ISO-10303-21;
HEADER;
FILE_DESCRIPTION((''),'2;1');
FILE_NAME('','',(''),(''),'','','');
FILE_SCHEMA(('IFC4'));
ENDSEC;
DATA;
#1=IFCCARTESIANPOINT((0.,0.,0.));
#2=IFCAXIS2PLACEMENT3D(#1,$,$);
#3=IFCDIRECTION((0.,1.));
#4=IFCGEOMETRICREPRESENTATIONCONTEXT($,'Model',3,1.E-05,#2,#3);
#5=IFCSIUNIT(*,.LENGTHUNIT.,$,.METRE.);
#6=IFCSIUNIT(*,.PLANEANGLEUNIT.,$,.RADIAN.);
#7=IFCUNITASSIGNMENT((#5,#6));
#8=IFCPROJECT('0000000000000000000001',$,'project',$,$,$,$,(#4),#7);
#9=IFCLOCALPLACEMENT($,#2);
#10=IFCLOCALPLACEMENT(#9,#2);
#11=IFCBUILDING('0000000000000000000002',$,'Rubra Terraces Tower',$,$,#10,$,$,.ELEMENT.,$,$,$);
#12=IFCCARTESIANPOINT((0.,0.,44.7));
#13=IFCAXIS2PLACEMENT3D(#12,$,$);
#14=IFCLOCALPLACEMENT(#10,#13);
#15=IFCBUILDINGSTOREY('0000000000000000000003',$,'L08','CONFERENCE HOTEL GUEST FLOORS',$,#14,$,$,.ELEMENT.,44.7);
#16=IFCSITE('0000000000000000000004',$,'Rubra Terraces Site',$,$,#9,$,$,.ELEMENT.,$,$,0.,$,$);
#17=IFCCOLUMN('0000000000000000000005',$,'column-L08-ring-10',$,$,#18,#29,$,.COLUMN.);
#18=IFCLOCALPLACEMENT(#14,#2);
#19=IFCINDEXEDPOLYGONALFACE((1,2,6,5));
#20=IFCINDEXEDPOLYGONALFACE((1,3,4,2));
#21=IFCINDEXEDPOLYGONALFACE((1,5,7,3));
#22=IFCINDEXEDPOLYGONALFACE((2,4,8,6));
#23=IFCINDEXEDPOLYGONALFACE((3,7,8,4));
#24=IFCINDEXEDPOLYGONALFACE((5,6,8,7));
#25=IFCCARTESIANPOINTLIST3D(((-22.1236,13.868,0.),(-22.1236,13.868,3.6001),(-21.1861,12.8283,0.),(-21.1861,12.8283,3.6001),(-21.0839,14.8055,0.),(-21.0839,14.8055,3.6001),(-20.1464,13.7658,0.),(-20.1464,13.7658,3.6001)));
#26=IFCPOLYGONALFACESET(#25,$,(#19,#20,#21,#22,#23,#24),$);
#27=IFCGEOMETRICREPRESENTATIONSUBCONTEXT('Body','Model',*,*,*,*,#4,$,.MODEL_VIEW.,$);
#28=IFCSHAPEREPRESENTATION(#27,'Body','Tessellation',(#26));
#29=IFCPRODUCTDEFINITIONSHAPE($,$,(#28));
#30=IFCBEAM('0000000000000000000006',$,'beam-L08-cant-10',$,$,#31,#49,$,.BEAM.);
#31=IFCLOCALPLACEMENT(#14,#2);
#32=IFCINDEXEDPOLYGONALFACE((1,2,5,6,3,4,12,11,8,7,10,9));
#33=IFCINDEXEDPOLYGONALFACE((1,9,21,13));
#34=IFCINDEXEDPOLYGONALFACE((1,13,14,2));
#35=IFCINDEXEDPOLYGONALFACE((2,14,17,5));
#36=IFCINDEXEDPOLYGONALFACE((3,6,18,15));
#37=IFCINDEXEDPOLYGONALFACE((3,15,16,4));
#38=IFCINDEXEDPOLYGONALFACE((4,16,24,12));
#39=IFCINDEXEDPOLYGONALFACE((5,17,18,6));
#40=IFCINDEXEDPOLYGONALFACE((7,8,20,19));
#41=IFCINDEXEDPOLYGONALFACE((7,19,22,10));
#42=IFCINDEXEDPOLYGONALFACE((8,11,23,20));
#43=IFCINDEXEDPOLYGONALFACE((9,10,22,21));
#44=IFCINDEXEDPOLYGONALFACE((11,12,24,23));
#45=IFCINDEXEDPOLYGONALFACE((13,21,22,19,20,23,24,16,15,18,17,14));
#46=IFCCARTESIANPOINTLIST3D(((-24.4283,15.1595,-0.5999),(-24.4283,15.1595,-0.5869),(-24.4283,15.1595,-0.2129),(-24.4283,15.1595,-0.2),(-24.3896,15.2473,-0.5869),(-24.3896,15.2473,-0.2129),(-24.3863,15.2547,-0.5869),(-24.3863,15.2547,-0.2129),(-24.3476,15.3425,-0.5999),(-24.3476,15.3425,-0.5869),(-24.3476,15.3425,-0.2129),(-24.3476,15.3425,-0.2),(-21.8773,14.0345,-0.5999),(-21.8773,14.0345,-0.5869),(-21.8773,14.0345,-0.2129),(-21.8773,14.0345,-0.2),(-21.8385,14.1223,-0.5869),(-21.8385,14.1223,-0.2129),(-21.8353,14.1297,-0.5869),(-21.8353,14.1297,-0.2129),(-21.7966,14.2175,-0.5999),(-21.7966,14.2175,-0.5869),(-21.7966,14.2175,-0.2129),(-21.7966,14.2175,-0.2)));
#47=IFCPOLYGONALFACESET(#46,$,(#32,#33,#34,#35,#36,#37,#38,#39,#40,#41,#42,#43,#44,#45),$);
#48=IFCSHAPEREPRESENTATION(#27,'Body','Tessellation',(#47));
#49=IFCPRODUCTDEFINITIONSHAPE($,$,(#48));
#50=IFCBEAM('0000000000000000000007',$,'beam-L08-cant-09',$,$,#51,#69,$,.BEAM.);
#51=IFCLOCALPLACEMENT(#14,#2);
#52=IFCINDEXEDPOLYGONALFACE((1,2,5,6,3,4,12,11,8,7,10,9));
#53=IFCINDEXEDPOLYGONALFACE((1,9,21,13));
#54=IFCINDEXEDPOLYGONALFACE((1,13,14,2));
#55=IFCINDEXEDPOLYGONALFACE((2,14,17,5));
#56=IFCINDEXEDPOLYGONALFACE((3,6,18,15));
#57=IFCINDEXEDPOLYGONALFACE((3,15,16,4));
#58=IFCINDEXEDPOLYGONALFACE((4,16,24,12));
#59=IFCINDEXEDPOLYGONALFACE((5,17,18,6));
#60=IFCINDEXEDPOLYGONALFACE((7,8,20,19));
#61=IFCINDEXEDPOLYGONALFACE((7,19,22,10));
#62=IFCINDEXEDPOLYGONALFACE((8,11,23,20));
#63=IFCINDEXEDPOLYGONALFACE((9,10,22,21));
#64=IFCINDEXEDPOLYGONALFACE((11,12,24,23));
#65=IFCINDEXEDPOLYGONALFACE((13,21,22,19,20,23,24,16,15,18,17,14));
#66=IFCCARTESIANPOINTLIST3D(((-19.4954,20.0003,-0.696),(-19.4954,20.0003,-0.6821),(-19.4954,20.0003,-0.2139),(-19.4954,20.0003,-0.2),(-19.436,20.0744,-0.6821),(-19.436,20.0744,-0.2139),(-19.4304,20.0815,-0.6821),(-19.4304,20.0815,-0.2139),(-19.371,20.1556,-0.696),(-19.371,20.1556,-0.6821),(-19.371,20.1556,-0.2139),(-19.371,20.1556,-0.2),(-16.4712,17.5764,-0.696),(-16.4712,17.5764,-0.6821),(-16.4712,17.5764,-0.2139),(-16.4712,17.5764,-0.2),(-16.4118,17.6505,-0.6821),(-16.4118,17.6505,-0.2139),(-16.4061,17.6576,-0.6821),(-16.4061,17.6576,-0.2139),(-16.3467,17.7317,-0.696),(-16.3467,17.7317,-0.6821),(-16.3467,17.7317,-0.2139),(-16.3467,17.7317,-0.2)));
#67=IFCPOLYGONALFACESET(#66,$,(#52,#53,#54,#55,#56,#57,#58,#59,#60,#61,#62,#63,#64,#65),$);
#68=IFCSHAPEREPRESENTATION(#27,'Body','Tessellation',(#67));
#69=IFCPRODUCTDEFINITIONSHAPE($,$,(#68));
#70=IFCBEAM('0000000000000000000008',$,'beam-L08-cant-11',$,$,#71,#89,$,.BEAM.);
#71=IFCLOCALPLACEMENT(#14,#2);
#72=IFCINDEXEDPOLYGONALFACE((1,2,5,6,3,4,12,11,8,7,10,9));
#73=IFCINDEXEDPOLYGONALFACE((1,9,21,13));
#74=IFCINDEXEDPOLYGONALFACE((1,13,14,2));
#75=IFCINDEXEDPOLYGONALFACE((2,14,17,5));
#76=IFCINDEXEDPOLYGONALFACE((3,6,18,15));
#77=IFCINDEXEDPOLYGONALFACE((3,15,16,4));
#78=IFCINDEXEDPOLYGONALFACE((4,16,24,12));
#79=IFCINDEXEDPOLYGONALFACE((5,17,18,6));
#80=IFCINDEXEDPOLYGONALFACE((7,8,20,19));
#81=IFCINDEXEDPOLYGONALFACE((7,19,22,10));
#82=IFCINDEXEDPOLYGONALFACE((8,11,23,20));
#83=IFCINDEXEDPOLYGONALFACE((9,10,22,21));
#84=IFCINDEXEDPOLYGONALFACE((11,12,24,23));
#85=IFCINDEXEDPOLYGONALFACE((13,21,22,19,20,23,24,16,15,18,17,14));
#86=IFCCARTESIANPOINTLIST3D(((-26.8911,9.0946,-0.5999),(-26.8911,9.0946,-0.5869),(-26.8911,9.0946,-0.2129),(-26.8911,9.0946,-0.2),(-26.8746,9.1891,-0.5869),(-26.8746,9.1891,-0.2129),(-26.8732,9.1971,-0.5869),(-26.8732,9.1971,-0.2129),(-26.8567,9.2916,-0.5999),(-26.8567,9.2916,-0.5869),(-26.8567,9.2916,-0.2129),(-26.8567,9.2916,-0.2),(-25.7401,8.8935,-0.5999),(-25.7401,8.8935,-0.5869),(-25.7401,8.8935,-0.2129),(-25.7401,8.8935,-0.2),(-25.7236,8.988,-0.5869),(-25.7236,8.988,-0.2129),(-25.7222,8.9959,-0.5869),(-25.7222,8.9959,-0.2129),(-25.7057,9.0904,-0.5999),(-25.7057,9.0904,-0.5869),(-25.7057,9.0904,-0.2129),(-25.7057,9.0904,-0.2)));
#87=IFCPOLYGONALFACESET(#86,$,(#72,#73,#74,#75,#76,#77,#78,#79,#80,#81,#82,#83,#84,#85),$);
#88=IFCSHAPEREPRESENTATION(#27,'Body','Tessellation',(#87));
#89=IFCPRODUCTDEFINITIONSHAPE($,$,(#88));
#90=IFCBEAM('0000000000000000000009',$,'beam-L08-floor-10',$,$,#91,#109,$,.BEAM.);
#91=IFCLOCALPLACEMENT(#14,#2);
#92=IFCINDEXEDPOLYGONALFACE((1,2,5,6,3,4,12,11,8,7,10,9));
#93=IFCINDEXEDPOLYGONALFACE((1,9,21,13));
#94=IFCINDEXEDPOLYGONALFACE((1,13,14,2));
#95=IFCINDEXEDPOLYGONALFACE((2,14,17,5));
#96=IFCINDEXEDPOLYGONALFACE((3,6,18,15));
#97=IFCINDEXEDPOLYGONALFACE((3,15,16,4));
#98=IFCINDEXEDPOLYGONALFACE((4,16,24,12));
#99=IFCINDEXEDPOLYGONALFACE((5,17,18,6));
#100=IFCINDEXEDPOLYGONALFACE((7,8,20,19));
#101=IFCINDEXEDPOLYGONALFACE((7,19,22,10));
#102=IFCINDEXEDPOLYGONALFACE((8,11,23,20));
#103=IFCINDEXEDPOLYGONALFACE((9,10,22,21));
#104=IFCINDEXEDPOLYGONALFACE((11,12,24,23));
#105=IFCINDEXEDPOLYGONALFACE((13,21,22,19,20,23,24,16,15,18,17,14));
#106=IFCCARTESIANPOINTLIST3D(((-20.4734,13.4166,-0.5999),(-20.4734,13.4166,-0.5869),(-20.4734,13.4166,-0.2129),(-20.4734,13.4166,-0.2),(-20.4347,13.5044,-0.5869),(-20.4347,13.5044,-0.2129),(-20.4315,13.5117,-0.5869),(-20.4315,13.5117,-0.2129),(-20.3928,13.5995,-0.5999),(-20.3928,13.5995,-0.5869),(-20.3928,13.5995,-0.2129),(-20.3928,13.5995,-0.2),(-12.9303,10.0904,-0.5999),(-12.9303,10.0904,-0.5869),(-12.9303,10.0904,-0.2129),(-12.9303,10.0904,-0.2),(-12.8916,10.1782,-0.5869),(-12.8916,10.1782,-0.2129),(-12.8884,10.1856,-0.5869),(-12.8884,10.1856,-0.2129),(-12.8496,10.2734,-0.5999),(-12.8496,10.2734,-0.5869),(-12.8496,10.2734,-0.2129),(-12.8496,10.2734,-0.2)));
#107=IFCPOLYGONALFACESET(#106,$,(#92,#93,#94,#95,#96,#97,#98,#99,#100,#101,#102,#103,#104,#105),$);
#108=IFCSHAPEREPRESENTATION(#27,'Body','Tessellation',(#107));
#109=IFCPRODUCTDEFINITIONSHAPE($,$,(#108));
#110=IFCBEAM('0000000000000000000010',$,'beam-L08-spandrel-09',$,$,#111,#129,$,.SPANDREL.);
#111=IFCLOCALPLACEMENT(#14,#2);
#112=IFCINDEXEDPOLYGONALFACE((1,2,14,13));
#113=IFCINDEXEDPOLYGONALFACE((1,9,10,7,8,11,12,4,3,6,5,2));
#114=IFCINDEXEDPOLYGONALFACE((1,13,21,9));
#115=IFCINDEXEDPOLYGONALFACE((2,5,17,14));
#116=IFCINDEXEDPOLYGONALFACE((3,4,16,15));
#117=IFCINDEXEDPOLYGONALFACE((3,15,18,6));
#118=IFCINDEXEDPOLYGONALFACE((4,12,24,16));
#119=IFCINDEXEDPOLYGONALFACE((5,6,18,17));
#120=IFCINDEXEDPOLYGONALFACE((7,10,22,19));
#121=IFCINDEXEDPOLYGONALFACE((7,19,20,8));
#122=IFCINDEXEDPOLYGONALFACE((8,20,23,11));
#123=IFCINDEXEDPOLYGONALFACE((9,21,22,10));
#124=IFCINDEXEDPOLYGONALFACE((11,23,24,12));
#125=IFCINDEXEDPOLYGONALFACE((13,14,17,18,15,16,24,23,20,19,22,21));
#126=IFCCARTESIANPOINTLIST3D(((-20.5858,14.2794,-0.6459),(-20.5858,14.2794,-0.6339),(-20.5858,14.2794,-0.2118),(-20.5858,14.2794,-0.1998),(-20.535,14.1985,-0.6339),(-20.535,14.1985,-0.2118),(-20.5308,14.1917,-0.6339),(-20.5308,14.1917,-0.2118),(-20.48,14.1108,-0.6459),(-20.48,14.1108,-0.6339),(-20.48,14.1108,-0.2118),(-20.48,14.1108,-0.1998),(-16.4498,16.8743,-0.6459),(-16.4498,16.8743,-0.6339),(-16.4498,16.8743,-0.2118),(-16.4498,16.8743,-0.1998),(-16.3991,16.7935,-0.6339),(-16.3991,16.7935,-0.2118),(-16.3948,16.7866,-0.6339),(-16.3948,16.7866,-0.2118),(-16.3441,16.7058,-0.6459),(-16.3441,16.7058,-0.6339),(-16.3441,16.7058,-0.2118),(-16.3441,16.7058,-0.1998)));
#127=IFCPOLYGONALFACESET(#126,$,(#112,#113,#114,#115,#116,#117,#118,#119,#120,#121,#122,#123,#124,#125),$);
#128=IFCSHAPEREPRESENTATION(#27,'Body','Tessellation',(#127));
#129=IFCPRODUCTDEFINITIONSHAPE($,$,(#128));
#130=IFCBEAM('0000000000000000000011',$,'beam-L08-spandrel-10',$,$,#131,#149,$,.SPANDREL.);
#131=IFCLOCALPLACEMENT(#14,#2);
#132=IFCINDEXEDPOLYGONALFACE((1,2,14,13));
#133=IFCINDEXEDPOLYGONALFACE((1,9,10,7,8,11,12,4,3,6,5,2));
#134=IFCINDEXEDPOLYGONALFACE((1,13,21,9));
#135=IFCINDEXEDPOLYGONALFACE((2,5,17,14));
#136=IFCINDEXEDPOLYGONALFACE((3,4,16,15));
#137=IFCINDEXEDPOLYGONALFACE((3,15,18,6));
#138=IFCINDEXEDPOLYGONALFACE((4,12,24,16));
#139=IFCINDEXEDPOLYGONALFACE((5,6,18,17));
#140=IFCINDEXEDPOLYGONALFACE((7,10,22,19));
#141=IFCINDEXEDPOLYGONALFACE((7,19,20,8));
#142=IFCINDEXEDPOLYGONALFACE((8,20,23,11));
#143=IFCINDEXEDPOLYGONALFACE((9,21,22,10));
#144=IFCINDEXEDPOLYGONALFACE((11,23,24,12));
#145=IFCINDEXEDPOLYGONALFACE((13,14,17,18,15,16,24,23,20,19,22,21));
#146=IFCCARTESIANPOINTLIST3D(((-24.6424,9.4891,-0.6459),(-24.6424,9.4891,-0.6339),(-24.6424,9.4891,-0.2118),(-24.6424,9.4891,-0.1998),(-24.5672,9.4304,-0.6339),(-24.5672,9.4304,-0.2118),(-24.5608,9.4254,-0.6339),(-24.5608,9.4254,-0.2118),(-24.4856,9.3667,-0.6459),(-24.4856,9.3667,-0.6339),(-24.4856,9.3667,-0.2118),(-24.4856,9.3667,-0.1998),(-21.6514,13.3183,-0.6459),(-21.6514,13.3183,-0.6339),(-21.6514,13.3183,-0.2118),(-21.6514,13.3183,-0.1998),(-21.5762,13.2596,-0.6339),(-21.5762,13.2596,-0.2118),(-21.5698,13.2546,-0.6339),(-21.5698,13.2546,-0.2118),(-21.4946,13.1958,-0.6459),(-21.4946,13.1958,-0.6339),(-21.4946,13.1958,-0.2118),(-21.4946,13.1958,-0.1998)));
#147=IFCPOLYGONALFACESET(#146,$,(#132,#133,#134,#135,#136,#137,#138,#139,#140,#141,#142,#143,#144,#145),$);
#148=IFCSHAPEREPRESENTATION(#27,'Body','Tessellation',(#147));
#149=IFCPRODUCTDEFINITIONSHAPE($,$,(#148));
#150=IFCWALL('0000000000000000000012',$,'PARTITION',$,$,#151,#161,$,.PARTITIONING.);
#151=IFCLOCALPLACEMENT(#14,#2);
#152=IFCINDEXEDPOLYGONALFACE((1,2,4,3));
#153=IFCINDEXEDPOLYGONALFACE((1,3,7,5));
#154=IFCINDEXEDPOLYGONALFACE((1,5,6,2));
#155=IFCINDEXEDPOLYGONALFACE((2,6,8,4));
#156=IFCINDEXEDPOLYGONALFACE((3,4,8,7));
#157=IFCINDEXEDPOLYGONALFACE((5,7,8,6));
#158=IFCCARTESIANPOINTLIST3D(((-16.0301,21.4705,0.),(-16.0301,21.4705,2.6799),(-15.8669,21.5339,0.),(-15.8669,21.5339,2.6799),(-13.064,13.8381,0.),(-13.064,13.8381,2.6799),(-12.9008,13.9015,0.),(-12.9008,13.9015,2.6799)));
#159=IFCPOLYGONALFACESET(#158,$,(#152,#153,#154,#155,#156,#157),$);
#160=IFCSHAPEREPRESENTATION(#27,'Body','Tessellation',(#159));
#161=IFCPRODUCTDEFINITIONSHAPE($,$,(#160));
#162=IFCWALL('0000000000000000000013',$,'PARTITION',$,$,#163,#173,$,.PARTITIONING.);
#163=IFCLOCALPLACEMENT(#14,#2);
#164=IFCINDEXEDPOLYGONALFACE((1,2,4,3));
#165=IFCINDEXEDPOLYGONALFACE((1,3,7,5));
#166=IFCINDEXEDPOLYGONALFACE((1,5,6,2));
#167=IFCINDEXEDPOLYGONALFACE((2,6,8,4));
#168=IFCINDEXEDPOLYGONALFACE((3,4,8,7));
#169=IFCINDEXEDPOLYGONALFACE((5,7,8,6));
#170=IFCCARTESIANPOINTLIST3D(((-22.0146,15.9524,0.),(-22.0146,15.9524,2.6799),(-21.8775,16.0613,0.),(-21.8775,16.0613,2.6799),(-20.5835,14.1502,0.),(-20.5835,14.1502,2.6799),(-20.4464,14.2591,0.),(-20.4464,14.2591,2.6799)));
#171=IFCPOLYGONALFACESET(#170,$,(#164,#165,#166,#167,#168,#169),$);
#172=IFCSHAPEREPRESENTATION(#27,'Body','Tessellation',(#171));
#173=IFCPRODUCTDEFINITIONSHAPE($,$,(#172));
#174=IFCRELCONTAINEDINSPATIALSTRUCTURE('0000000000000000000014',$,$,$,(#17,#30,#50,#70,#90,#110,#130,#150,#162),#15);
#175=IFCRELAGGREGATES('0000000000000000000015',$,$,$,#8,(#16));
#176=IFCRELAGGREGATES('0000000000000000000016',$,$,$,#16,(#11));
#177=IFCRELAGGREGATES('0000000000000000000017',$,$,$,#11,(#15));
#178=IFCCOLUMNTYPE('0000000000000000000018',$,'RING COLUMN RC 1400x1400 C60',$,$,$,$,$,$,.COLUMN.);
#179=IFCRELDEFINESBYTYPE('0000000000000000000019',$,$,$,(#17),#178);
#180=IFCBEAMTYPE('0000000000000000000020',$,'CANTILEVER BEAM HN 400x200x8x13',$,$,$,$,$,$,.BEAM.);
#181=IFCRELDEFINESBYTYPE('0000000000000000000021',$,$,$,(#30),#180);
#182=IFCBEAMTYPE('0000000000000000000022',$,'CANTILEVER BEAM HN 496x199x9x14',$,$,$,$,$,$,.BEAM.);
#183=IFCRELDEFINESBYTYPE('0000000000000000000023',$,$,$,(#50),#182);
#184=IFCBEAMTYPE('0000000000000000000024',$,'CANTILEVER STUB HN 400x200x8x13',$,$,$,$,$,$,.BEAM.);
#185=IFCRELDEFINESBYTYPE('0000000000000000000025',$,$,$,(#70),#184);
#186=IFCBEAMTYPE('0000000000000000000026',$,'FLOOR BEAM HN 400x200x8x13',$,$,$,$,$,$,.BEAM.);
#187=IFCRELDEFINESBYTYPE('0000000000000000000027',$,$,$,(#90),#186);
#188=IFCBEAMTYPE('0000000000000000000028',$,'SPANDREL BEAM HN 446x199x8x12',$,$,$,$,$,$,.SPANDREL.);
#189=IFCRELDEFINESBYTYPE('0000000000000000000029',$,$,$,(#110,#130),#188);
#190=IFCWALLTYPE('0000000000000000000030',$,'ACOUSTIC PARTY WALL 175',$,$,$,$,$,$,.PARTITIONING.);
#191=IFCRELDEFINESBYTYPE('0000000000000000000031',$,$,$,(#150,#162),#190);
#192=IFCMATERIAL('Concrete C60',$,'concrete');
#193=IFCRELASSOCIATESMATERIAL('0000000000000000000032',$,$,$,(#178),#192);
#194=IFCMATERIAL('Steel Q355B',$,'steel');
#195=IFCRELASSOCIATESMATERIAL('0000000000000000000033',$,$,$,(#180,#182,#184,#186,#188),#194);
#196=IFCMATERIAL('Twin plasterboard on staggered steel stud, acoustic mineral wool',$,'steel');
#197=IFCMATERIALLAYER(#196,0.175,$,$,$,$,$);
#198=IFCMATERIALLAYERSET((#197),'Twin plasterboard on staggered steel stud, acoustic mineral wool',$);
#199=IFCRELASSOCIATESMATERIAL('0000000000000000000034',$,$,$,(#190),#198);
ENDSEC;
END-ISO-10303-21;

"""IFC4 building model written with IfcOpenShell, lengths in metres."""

from ifc_helpers import new_model, si_unit, direction, frame, frame_2d, origin, origin_2d, place, context, subcontext, project, spatial, rectangle, i_section, extrude, material, layer, layer_set, material_profile, profile_set, type_object, element, save


model = new_model("IFC4")

# Units and contexts
model_context = context("Model", 3, precision=1e-05, world=origin(), true_north=direction((0.0, 1.0)))
body_context = subcontext(model_context, "Body", "Model", "MODEL_VIEW")
ifc_project = project(units=[si_unit("LENGTHUNIT", "METRE"), si_unit("PLANEANGLEUNIT", "RADIAN")], contexts=[model_context])

# Site, building, storey
site_placement = place(None, origin())
site = spatial("IfcSite", under=ifc_project, at=site_placement, Name="Rubra Terraces Site", CompositionType="ELEMENT", RefElevation=0.0)
building_placement = place(site_placement, origin())
building = spatial("IfcBuilding", under=site, at=building_placement, Name="Rubra Terraces Tower", CompositionType="ELEMENT")
storey_placement = place(building_placement, frame((0.0, 0.0, 44.7)))
storey = spatial("IfcBuildingStorey", under=building, at=storey_placement, Name="L08", Description="CONFERENCE HOTEL GUEST FLOORS", CompositionType="ELEMENT", Elevation=44.7)

# Column
ifc_material_1 = material(Name="Concrete C60", Category="concrete")
ifc_material_profile_1 = material_profile(ifc_material_1, rectangle(XDim=1.3999, YDim=1.3999, at=origin_2d()), Name="RC 1400x1400")
ifc_profile_set_1 = profile_set([ifc_material_profile_1], Name="Concrete C60")
column_type = type_object("IfcColumnType", Name="RING COLUMN RC 1400x1400 C60", PredefinedType="COLUMN", material=ifc_profile_set_1)
column_placement = place(storey_placement, frame((-21.135, 13.8169, 0.0), z_axis=(0.0, 0.0, 1.0), x_axis=(-0.742676, -0.669651, 0.0)))
element("IfcColumn", 1, at=column_placement, inside=storey, type_object=column_type, Name="column-L08-ring-10", PredefinedType="COLUMN", context=body_context, shape_type="SweptSolid", body=[
    extrude(rectangle(XDim=1.3999, YDim=1.3999, at=origin_2d()), origin(), (0.0, 0.0, 1.0), 3.6001),
])

# Beams
ifc_material_2 = material(Name="Steel Q355B", Category="steel")
ifc_material_profile_2 = material_profile(ifc_material_2, i_section(OverallWidth=0.2, OverallDepth=0.3999, WebThickness=0.0081, FlangeThickness=0.0129, at=origin_2d()), Name="HN 400x200x8x13")
ifc_profile_set_2 = profile_set([ifc_material_profile_2], Name="Steel Q355B")
beam_type_1 = type_object("IfcBeamType", Name="CANTILEVER BEAM HN 400x200x8x13", PredefinedType="BEAM", material=ifc_profile_set_2)
beam_1_placement = place(storey_placement, frame((-21.8369, 14.126, -0.3999), z_axis=(-0.914978, 0.403504, 0.0), x_axis=(-0.403504, -0.914978, 0.0)))
element("IfcBeam", 2, at=beam_1_placement, inside=storey, type_object=beam_type_1, Name="beam-L08-cant-10", PredefinedType="BEAM", context=body_context, shape_type="SweptSolid", body=[
    extrude(i_section(OverallWidth=0.2, OverallDepth=0.3999, WebThickness=0.0081, FlangeThickness=0.0129, at=origin_2d()), origin(), (0.0, 0.0, 1.0), 2.7881),
])
ifc_material_profile_3 = material_profile(ifc_material_2, i_section(OverallWidth=0.199, OverallDepth=0.4961, WebThickness=0.009, FlangeThickness=0.0139, at=origin_2d()), Name="HN 496x199x9x14")
ifc_profile_set_3 = profile_set([ifc_material_profile_3], Name="Steel Q355B")
beam_type_2 = type_object("IfcBeamType", Name="CANTILEVER BEAM HN 496x199x9x14", PredefinedType="BEAM", material=ifc_profile_set_3)
beam_2_placement = place(storey_placement, frame((-16.4089, 17.6541, -0.448), z_axis=(-0.780303, 0.625402, 0.0), x_axis=(-0.625402, -0.780303, 0.0)))
element("IfcBeam", 3, at=beam_2_placement, inside=storey, type_object=beam_type_2, Name="beam-L08-cant-09", PredefinedType="BEAM", context=body_context, shape_type="SweptSolid", body=[
    extrude(i_section(OverallWidth=0.199, OverallDepth=0.4961, WebThickness=0.009, FlangeThickness=0.0139, at=origin_2d()), origin(), (0.0, 0.0, 1.0), 3.8757),
])
ifc_material_profile_4 = material_profile(ifc_material_2, i_section(OverallWidth=0.2, OverallDepth=0.3999, WebThickness=0.0081, FlangeThickness=0.0129, at=origin_2d()), Name="HN 400x200x8x13")
ifc_profile_set_4 = profile_set([ifc_material_profile_4], Name="Steel Q355B")
beam_type_3 = type_object("IfcBeamType", Name="CANTILEVER STUB HN 400x200x8x13", PredefinedType="BEAM", material=ifc_profile_set_4)
beam_3_placement = place(storey_placement, frame((-25.7229, 8.9919, -0.3999), z_axis=(-0.98507, 0.172152, 0.0), x_axis=(-0.172152, -0.98507, 0.0)))
element("IfcBeam", 4, at=beam_3_placement, inside=storey, type_object=beam_type_3, Name="beam-L08-cant-11", PredefinedType="BEAM", context=body_context, shape_type="SweptSolid", body=[
    extrude(i_section(OverallWidth=0.2, OverallDepth=0.3999, WebThickness=0.0081, FlangeThickness=0.0129, at=origin_2d()), origin(), (0.0, 0.0, 1.0), 1.1685),
])
ifc_material_profile_5 = material_profile(ifc_material_2, i_section(OverallWidth=0.2, OverallDepth=0.3999, WebThickness=0.0081, FlangeThickness=0.0129, at=origin_2d()), Name="HN 400x200x8x13")
ifc_profile_set_5 = profile_set([ifc_material_profile_5], Name="Steel Q355B")
beam_type_4 = type_object("IfcBeamType", Name="FLOOR BEAM HN 400x200x8x13", PredefinedType="BEAM", material=ifc_profile_set_5)
beam_4_placement = place(storey_placement, frame((-20.4331, 13.5081, -0.3999), z_axis=(0.914995, -0.403466, 0.0), x_axis=(0.403466, 0.914995, 0.0)))
element("IfcBeam", 5, at=beam_4_placement, inside=storey, type_object=beam_type_4, Name="beam-L08-floor-10", PredefinedType="BEAM", context=body_context, shape_type="SweptSolid", body=[
    extrude(i_section(OverallWidth=0.2, OverallDepth=0.3999, WebThickness=0.0081, FlangeThickness=0.0129, at=origin_2d()), origin(), (0.0, 0.0, 1.0), 8.2439),
])
ifc_material_profile_6 = material_profile(ifc_material_2, i_section(OverallWidth=0.199, OverallDepth=0.446, WebThickness=0.0081, FlangeThickness=0.012, at=origin_2d()), Name="HN 446x199x8x12")
ifc_profile_set_6 = profile_set([ifc_material_profile_6], Name="Steel Q355B")
beam_type_5 = type_object("IfcBeamType", Name="SPANDREL BEAM HN 446x199x8x12", PredefinedType="SPANDREL", material=ifc_profile_set_6)
beam_5_placement = place(storey_placement, frame((-16.397, 16.79, -0.4229), z_axis=(-0.847078, -0.531468, 0.0), x_axis=(0.531468, -0.847078, 0.0)))
element("IfcBeam", 6, at=beam_5_placement, inside=storey, type_object=beam_type_5, Name="beam-L08-spandrel-09", PredefinedType="SPANDREL", context=body_context, shape_type="SweptSolid", body=[
    extrude(i_section(OverallWidth=0.199, OverallDepth=0.446, WebThickness=0.0081, FlangeThickness=0.012, at=origin_2d()), origin(), (0.0, 0.0, 1.0), 4.8826),
])
beam_6_placement = place(storey_placement, frame((-21.573, 13.2571, -0.4229), z_axis=(-0.615578, -0.788076, 0.0), x_axis=(0.788076, -0.615578, 0.0)))
element("IfcBeam", 7, at=beam_6_placement, inside=storey, type_object=beam_type_5, Name="beam-L08-spandrel-10", PredefinedType="SPANDREL", context=body_context, shape_type="SweptSolid", body=[
    extrude(i_section(OverallWidth=0.199, OverallDepth=0.446, WebThickness=0.0081, FlangeThickness=0.012, at=origin_2d()), origin(), (0.0, 0.0, 1.0), 4.8589),
])

# Walls
ifc_material_3 = material(Name="Twin plasterboard on staggered steel stud, acoustic mineral wool", Category="steel")
ifc_layer_1 = layer(ifc_material_3, 0.175)
ifc_layer_set_1 = layer_set([ifc_layer_1], Name="Twin plasterboard on staggered steel stud, acoustic mineral wool")
wall_type_1 = type_object("IfcWallType", Name="ACOUSTIC PARTY WALL 175", PredefinedType="PARTITIONING", material=ifc_layer_set_1)
wall_1_placement = place(storey_placement, frame((-15.9485, 21.5022, 0.0), z_axis=(0.0, 0.0, 1.0), x_axis=(0.362228, -0.93209, 0.0)))
element("IfcWall", 8, at=wall_1_placement, inside=storey, type_object=wall_type_1, Name="PARTITION", PredefinedType="PARTITIONING", context=body_context, shape_type="SweptSolid", body=[
    extrude(rectangle(XDim=8.1885, YDim=0.175, at=frame_2d((4.0942, 0.0))), origin(), (0.0, 0.0, 1.0), 2.6799),
])
wall_2_placement = place(storey_placement, frame((-21.946, 16.0068, 0.0), z_axis=(0.0, 0.0, 1.0), x_axis=(0.621871, -0.78312, 0.0)))
element("IfcWall", 9, at=wall_2_placement, inside=storey, type_object=wall_type_1, Name="PARTITION", PredefinedType="PARTITIONING", context=body_context, shape_type="SweptSolid", body=[
    extrude(rectangle(XDim=2.3013, YDim=0.175, at=frame_2d((1.1506, 0.0))), origin(), (0.0, 0.0, 1.0), 2.6799),
])

save(model, "model.ifc")
